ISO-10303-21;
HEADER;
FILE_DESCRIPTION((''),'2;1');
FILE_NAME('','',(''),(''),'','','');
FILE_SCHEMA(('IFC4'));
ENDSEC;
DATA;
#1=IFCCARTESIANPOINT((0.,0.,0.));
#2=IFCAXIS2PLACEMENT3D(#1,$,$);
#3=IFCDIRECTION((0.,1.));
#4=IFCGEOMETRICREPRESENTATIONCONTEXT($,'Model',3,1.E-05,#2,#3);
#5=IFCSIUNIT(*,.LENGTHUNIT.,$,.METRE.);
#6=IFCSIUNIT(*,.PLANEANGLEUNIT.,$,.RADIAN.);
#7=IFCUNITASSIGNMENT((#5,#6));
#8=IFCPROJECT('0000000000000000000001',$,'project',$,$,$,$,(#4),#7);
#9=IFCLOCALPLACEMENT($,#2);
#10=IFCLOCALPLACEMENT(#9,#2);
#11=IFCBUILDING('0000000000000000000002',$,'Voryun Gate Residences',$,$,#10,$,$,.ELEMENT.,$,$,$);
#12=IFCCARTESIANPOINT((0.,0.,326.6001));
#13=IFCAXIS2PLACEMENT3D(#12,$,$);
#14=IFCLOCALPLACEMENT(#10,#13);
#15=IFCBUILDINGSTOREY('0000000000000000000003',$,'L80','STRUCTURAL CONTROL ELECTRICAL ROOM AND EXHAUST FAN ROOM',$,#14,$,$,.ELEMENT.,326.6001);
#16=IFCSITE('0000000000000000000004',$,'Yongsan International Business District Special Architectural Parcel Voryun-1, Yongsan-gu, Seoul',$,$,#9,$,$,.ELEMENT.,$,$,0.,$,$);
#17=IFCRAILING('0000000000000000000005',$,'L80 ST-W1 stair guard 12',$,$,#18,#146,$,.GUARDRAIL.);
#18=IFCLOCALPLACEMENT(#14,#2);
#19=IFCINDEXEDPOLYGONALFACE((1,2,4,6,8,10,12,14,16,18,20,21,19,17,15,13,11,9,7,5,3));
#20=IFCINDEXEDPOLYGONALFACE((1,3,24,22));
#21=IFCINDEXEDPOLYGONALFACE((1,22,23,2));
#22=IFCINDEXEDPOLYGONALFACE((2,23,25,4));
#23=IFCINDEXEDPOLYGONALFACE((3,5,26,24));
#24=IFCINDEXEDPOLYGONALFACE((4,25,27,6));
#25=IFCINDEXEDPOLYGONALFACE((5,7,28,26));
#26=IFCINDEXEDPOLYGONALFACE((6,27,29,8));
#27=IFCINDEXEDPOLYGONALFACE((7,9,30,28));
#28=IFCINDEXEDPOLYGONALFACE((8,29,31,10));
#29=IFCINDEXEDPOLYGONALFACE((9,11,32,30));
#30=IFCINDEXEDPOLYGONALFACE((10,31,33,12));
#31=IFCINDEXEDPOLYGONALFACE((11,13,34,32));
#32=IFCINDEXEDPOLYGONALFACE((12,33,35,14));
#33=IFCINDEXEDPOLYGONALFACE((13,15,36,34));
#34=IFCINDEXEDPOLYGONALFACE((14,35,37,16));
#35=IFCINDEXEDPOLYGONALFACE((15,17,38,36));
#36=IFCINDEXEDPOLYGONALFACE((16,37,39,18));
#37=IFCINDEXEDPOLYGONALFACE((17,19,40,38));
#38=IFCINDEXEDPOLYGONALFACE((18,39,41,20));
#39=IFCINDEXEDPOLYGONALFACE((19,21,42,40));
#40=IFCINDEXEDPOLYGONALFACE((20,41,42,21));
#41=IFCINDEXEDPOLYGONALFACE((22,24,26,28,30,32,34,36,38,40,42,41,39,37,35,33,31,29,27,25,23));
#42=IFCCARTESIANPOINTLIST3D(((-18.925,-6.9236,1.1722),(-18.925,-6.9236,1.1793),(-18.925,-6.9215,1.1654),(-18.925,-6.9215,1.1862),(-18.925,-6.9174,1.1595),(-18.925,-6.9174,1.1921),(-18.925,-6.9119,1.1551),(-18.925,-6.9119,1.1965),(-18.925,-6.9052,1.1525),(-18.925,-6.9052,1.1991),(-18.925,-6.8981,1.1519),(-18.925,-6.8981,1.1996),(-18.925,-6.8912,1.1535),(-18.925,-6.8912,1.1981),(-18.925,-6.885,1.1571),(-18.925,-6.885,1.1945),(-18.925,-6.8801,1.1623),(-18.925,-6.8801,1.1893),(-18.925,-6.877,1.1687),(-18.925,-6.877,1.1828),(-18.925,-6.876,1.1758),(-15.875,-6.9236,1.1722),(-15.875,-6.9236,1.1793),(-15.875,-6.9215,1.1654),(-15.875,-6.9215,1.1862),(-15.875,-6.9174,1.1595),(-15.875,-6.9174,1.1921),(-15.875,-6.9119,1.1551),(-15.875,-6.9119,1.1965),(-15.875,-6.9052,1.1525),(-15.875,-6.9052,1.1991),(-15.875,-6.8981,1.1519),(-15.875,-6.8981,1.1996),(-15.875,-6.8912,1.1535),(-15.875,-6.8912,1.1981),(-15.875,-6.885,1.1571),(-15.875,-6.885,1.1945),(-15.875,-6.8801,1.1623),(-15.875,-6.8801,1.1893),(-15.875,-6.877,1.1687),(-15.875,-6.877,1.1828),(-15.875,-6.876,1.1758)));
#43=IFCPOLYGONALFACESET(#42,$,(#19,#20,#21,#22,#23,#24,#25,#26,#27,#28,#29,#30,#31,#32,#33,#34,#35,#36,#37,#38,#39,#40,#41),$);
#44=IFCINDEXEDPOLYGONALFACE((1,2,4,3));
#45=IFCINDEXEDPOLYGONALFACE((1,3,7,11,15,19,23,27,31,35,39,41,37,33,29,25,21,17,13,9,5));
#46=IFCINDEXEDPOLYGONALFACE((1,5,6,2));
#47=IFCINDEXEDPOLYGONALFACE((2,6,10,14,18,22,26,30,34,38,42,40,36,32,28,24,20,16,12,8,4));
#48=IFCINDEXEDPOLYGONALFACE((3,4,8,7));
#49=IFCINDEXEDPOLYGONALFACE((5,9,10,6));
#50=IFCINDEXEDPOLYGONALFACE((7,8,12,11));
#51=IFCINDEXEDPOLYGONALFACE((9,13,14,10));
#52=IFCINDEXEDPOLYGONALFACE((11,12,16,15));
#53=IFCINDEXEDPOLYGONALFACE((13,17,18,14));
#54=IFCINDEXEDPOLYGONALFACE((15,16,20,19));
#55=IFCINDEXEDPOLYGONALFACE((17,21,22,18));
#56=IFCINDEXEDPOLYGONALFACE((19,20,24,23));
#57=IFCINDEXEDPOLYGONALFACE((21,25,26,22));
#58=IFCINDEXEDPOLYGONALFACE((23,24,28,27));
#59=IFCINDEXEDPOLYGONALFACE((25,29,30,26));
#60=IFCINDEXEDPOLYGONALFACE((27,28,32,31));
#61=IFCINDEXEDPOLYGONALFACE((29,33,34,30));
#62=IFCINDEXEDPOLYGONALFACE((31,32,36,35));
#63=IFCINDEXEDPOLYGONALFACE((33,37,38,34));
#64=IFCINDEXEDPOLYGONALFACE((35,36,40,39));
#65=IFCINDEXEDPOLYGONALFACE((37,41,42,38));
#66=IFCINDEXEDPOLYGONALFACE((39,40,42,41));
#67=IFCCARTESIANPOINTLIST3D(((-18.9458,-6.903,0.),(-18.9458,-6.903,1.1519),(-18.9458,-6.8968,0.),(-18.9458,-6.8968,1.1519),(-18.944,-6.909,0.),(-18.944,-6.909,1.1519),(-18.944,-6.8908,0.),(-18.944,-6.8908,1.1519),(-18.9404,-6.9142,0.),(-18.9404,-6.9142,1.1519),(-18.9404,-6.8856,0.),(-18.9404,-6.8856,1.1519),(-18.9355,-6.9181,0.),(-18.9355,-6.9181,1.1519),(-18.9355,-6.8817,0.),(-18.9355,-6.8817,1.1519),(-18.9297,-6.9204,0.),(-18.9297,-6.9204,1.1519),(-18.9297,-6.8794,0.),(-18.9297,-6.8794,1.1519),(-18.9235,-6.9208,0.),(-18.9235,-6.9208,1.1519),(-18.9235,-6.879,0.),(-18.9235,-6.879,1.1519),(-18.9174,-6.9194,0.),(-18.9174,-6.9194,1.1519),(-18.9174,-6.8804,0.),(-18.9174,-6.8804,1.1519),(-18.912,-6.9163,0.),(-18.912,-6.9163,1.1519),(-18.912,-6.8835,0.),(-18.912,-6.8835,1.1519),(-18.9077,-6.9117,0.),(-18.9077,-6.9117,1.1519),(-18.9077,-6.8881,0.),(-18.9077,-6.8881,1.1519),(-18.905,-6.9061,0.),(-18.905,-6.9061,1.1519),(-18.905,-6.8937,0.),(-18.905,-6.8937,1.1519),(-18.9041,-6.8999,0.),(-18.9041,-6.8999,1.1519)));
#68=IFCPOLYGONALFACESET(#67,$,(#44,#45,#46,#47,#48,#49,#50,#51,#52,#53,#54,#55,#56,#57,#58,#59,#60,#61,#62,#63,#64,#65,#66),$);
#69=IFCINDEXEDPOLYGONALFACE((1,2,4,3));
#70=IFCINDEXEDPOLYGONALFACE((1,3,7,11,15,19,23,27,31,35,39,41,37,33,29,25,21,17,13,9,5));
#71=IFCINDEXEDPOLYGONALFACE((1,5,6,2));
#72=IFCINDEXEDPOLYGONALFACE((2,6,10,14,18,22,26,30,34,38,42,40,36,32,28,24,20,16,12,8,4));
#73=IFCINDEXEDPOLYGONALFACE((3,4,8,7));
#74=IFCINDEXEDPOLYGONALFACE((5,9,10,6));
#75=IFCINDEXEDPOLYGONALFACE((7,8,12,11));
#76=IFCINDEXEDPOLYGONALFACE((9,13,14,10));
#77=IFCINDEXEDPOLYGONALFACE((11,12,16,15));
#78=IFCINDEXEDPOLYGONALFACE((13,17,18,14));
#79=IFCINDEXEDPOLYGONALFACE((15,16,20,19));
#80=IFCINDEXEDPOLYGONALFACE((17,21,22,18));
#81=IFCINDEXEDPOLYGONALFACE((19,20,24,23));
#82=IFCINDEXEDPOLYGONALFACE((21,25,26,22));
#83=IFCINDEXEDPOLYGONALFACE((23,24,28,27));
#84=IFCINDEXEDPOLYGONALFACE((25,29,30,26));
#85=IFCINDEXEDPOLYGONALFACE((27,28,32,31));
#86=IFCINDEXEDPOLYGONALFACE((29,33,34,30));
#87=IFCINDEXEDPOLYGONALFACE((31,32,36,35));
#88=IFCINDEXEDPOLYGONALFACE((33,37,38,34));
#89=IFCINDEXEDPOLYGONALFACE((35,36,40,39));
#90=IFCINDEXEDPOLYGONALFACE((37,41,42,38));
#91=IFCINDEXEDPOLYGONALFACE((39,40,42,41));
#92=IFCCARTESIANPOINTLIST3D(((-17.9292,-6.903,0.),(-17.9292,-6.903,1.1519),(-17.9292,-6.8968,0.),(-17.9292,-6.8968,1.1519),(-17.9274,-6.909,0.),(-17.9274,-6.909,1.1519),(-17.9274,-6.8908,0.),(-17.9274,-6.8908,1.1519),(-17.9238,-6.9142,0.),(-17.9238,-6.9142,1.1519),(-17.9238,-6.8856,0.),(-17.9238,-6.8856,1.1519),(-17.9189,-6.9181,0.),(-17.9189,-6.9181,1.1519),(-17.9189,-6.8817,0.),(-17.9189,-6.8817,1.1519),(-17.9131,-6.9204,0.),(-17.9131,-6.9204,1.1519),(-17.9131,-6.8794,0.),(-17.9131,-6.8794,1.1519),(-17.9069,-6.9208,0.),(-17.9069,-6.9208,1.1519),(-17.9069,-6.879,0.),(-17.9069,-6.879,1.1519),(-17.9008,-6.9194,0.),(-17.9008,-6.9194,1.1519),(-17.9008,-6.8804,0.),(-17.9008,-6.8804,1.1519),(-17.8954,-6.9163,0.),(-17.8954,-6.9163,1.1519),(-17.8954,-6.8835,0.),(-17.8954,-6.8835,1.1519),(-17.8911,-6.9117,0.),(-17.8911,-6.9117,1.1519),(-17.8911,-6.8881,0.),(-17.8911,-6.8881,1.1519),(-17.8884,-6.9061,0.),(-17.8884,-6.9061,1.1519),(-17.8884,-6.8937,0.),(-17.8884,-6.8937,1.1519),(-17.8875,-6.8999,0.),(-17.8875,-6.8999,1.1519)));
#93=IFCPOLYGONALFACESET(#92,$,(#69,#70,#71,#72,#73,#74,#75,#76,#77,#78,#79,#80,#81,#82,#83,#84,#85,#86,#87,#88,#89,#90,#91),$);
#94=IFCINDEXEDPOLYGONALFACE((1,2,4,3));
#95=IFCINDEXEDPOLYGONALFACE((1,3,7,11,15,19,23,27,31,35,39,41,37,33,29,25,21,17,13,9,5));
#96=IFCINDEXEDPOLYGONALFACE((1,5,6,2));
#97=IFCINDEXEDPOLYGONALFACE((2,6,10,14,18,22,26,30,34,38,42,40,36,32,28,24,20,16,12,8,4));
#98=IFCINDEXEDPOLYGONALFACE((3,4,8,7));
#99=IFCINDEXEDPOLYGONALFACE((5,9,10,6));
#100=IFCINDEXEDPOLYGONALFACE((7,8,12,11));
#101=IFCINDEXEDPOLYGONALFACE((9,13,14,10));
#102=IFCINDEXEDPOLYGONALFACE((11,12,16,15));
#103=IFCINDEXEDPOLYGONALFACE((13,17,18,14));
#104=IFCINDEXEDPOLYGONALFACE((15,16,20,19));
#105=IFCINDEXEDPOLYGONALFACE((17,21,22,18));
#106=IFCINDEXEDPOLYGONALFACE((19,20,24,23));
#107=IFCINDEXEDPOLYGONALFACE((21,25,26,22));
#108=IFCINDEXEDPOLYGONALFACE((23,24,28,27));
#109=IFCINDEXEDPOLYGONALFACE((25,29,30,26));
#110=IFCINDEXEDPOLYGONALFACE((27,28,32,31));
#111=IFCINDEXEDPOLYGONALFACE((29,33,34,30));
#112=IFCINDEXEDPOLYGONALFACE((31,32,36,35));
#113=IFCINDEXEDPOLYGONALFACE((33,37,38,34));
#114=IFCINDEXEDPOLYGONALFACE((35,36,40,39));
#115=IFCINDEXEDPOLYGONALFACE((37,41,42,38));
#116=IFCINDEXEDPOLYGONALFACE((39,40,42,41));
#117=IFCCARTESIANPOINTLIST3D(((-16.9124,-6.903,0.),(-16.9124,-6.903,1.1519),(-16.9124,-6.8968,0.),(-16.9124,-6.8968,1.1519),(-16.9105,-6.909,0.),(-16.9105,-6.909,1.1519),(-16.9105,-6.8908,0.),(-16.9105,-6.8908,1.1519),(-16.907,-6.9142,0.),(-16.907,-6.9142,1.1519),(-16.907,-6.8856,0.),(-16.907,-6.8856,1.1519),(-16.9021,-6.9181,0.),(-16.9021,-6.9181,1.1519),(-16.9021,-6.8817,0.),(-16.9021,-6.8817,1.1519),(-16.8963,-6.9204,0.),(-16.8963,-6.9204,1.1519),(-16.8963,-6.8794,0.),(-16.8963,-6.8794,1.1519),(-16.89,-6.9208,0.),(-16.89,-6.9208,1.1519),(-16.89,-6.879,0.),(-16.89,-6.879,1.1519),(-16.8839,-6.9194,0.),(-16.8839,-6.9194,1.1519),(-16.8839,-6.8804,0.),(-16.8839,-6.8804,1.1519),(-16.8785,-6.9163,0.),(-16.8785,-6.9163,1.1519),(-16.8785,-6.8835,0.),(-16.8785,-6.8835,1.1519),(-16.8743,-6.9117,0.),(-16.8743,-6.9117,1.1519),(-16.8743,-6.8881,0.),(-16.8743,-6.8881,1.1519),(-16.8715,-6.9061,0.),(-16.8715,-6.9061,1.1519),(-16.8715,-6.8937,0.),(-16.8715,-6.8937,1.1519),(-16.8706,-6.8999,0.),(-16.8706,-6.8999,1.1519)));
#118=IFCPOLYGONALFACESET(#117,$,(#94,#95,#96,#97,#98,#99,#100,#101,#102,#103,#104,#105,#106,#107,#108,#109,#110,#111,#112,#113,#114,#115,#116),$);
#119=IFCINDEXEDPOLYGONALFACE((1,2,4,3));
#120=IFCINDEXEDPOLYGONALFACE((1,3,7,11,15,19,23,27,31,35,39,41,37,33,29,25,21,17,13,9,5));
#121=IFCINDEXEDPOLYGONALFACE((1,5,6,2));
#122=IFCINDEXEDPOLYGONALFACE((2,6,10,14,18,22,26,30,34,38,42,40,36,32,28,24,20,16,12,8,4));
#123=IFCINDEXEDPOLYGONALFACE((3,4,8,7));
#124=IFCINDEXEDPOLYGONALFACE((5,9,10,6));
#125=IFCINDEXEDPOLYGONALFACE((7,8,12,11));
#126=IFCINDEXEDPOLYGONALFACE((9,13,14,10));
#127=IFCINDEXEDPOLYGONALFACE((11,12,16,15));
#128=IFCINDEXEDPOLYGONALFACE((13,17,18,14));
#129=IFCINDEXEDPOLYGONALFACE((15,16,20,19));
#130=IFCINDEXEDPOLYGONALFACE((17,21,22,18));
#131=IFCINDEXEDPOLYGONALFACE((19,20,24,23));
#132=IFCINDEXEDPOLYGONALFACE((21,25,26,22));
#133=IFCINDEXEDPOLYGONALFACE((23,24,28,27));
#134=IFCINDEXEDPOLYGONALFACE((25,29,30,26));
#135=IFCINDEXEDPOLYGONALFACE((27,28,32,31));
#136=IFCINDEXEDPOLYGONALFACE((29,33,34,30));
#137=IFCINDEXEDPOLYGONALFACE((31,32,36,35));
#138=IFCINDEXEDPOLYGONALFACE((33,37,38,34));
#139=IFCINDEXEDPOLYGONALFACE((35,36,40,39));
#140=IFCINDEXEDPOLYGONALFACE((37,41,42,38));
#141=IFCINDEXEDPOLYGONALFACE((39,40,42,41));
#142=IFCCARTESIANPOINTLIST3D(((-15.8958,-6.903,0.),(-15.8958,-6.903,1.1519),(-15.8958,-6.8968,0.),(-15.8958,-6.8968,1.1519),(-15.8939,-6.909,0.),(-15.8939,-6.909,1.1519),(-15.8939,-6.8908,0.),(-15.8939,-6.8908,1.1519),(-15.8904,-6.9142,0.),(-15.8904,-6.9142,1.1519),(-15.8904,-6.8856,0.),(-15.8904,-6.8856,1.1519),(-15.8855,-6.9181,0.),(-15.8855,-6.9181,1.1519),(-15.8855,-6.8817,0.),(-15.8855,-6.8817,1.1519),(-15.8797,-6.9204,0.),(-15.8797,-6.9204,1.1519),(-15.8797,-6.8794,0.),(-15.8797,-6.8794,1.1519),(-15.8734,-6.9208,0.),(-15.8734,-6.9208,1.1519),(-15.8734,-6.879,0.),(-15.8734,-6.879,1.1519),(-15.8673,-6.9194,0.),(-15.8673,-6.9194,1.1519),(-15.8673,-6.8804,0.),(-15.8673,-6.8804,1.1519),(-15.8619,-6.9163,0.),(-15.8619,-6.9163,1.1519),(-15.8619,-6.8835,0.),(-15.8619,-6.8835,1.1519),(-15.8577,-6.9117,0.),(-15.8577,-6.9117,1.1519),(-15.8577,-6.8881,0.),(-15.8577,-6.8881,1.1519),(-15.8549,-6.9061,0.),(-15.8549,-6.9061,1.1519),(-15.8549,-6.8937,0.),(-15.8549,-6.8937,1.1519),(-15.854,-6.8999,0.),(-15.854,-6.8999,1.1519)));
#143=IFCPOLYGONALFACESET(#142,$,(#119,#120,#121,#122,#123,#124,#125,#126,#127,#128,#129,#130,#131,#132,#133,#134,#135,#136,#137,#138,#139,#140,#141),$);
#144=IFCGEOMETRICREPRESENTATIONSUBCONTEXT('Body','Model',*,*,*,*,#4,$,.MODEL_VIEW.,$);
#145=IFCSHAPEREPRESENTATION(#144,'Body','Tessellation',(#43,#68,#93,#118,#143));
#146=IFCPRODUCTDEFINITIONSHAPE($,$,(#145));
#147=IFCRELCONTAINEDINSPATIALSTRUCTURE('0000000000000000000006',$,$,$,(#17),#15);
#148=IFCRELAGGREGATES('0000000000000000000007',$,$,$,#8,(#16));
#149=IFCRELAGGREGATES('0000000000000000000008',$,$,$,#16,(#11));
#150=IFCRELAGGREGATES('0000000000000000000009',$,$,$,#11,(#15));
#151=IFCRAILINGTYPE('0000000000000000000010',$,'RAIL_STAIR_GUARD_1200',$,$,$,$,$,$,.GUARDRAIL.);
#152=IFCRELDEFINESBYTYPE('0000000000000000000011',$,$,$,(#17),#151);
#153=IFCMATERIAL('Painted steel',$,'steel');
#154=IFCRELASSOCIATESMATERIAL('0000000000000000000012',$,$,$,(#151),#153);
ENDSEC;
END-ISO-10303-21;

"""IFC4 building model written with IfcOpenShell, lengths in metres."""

from ifc_helpers import new_model, si_unit, direction, frame, origin, origin_2d, place, context, subcontext, project, spatial, circle, extrude, material, type_object, element, save


model = new_model("IFC4")

# Units and contexts
model_context = context("Model", 3, precision=1e-05, world=origin(), true_north=direction((0.0, 1.0)))
body_context = subcontext(model_context, "Body", "Model", "MODEL_VIEW")
ifc_project = project(units=[si_unit("LENGTHUNIT", "METRE"), si_unit("PLANEANGLEUNIT", "RADIAN")], contexts=[model_context])

# Site, building, storey
site_placement = place(None, origin())
site = spatial("IfcSite", under=ifc_project, at=site_placement, Name="Yongsan International Business District Special Architectural Parcel Voryun-1, Yongsan-gu, Seoul", CompositionType="ELEMENT", RefElevation=0.0)
building_placement = place(site_placement, origin())
building = spatial("IfcBuilding", under=site, at=building_placement, Name="Voryun Gate Residences", CompositionType="ELEMENT")
storey_placement = place(building_placement, frame((0.0, 0.0, 326.6001)))
storey = spatial("IfcBuildingStorey", under=building, at=storey_placement, Name="L80", Description="STRUCTURAL CONTROL ELECTRICAL ROOM AND EXHAUST FAN ROOM", CompositionType="ELEMENT", Elevation=326.6001)

# Railing
ifc_material_1 = material(Name="Painted steel", Category="steel")
railing_type = type_object("IfcRailingType", Name="RAIL_STAIR_GUARD_1200", PredefinedType="GUARDRAIL", material=ifc_material_1)
railing_1_placement = place(storey_placement, frame((-18.925, -6.8999, 0.0)))
element("IfcRailing", 1, at=railing_1_placement, inside=storey, type_object=railing_type, Name="L80 ST-W1 stair guard 12", PredefinedType="GUARDRAIL", context=body_context, shape_type="SweptSolid", body=[
    extrude(circle(Radius=0.0239, at=origin_2d()), frame((0.0, 0.0, 1.1758), z_axis=(1.0, 0.0, 0.0), x_axis=(0.0, 1.0, 0.0)), (0.0, 0.0, 1.0), 3.05),
    extrude(circle(Radius=0.021, at=origin_2d()), origin(), (0.0, 0.0, 1.0), 1.1519),
    extrude(circle(Radius=0.021, at=origin_2d()), frame((1.0166, 0.0, 0.0)), (0.0, 0.0, 1.0), 1.1519),
    extrude(circle(Radius=0.021, at=origin_2d()), frame((2.0334, 0.0, 0.0)), (0.0, 0.0, 1.0), 1.1519),
    extrude(circle(Radius=0.021, at=origin_2d()), frame((3.05, 0.0, 0.0)), (0.0, 0.0, 1.0), 1.1519),
])

save(model, "model.ifc")
